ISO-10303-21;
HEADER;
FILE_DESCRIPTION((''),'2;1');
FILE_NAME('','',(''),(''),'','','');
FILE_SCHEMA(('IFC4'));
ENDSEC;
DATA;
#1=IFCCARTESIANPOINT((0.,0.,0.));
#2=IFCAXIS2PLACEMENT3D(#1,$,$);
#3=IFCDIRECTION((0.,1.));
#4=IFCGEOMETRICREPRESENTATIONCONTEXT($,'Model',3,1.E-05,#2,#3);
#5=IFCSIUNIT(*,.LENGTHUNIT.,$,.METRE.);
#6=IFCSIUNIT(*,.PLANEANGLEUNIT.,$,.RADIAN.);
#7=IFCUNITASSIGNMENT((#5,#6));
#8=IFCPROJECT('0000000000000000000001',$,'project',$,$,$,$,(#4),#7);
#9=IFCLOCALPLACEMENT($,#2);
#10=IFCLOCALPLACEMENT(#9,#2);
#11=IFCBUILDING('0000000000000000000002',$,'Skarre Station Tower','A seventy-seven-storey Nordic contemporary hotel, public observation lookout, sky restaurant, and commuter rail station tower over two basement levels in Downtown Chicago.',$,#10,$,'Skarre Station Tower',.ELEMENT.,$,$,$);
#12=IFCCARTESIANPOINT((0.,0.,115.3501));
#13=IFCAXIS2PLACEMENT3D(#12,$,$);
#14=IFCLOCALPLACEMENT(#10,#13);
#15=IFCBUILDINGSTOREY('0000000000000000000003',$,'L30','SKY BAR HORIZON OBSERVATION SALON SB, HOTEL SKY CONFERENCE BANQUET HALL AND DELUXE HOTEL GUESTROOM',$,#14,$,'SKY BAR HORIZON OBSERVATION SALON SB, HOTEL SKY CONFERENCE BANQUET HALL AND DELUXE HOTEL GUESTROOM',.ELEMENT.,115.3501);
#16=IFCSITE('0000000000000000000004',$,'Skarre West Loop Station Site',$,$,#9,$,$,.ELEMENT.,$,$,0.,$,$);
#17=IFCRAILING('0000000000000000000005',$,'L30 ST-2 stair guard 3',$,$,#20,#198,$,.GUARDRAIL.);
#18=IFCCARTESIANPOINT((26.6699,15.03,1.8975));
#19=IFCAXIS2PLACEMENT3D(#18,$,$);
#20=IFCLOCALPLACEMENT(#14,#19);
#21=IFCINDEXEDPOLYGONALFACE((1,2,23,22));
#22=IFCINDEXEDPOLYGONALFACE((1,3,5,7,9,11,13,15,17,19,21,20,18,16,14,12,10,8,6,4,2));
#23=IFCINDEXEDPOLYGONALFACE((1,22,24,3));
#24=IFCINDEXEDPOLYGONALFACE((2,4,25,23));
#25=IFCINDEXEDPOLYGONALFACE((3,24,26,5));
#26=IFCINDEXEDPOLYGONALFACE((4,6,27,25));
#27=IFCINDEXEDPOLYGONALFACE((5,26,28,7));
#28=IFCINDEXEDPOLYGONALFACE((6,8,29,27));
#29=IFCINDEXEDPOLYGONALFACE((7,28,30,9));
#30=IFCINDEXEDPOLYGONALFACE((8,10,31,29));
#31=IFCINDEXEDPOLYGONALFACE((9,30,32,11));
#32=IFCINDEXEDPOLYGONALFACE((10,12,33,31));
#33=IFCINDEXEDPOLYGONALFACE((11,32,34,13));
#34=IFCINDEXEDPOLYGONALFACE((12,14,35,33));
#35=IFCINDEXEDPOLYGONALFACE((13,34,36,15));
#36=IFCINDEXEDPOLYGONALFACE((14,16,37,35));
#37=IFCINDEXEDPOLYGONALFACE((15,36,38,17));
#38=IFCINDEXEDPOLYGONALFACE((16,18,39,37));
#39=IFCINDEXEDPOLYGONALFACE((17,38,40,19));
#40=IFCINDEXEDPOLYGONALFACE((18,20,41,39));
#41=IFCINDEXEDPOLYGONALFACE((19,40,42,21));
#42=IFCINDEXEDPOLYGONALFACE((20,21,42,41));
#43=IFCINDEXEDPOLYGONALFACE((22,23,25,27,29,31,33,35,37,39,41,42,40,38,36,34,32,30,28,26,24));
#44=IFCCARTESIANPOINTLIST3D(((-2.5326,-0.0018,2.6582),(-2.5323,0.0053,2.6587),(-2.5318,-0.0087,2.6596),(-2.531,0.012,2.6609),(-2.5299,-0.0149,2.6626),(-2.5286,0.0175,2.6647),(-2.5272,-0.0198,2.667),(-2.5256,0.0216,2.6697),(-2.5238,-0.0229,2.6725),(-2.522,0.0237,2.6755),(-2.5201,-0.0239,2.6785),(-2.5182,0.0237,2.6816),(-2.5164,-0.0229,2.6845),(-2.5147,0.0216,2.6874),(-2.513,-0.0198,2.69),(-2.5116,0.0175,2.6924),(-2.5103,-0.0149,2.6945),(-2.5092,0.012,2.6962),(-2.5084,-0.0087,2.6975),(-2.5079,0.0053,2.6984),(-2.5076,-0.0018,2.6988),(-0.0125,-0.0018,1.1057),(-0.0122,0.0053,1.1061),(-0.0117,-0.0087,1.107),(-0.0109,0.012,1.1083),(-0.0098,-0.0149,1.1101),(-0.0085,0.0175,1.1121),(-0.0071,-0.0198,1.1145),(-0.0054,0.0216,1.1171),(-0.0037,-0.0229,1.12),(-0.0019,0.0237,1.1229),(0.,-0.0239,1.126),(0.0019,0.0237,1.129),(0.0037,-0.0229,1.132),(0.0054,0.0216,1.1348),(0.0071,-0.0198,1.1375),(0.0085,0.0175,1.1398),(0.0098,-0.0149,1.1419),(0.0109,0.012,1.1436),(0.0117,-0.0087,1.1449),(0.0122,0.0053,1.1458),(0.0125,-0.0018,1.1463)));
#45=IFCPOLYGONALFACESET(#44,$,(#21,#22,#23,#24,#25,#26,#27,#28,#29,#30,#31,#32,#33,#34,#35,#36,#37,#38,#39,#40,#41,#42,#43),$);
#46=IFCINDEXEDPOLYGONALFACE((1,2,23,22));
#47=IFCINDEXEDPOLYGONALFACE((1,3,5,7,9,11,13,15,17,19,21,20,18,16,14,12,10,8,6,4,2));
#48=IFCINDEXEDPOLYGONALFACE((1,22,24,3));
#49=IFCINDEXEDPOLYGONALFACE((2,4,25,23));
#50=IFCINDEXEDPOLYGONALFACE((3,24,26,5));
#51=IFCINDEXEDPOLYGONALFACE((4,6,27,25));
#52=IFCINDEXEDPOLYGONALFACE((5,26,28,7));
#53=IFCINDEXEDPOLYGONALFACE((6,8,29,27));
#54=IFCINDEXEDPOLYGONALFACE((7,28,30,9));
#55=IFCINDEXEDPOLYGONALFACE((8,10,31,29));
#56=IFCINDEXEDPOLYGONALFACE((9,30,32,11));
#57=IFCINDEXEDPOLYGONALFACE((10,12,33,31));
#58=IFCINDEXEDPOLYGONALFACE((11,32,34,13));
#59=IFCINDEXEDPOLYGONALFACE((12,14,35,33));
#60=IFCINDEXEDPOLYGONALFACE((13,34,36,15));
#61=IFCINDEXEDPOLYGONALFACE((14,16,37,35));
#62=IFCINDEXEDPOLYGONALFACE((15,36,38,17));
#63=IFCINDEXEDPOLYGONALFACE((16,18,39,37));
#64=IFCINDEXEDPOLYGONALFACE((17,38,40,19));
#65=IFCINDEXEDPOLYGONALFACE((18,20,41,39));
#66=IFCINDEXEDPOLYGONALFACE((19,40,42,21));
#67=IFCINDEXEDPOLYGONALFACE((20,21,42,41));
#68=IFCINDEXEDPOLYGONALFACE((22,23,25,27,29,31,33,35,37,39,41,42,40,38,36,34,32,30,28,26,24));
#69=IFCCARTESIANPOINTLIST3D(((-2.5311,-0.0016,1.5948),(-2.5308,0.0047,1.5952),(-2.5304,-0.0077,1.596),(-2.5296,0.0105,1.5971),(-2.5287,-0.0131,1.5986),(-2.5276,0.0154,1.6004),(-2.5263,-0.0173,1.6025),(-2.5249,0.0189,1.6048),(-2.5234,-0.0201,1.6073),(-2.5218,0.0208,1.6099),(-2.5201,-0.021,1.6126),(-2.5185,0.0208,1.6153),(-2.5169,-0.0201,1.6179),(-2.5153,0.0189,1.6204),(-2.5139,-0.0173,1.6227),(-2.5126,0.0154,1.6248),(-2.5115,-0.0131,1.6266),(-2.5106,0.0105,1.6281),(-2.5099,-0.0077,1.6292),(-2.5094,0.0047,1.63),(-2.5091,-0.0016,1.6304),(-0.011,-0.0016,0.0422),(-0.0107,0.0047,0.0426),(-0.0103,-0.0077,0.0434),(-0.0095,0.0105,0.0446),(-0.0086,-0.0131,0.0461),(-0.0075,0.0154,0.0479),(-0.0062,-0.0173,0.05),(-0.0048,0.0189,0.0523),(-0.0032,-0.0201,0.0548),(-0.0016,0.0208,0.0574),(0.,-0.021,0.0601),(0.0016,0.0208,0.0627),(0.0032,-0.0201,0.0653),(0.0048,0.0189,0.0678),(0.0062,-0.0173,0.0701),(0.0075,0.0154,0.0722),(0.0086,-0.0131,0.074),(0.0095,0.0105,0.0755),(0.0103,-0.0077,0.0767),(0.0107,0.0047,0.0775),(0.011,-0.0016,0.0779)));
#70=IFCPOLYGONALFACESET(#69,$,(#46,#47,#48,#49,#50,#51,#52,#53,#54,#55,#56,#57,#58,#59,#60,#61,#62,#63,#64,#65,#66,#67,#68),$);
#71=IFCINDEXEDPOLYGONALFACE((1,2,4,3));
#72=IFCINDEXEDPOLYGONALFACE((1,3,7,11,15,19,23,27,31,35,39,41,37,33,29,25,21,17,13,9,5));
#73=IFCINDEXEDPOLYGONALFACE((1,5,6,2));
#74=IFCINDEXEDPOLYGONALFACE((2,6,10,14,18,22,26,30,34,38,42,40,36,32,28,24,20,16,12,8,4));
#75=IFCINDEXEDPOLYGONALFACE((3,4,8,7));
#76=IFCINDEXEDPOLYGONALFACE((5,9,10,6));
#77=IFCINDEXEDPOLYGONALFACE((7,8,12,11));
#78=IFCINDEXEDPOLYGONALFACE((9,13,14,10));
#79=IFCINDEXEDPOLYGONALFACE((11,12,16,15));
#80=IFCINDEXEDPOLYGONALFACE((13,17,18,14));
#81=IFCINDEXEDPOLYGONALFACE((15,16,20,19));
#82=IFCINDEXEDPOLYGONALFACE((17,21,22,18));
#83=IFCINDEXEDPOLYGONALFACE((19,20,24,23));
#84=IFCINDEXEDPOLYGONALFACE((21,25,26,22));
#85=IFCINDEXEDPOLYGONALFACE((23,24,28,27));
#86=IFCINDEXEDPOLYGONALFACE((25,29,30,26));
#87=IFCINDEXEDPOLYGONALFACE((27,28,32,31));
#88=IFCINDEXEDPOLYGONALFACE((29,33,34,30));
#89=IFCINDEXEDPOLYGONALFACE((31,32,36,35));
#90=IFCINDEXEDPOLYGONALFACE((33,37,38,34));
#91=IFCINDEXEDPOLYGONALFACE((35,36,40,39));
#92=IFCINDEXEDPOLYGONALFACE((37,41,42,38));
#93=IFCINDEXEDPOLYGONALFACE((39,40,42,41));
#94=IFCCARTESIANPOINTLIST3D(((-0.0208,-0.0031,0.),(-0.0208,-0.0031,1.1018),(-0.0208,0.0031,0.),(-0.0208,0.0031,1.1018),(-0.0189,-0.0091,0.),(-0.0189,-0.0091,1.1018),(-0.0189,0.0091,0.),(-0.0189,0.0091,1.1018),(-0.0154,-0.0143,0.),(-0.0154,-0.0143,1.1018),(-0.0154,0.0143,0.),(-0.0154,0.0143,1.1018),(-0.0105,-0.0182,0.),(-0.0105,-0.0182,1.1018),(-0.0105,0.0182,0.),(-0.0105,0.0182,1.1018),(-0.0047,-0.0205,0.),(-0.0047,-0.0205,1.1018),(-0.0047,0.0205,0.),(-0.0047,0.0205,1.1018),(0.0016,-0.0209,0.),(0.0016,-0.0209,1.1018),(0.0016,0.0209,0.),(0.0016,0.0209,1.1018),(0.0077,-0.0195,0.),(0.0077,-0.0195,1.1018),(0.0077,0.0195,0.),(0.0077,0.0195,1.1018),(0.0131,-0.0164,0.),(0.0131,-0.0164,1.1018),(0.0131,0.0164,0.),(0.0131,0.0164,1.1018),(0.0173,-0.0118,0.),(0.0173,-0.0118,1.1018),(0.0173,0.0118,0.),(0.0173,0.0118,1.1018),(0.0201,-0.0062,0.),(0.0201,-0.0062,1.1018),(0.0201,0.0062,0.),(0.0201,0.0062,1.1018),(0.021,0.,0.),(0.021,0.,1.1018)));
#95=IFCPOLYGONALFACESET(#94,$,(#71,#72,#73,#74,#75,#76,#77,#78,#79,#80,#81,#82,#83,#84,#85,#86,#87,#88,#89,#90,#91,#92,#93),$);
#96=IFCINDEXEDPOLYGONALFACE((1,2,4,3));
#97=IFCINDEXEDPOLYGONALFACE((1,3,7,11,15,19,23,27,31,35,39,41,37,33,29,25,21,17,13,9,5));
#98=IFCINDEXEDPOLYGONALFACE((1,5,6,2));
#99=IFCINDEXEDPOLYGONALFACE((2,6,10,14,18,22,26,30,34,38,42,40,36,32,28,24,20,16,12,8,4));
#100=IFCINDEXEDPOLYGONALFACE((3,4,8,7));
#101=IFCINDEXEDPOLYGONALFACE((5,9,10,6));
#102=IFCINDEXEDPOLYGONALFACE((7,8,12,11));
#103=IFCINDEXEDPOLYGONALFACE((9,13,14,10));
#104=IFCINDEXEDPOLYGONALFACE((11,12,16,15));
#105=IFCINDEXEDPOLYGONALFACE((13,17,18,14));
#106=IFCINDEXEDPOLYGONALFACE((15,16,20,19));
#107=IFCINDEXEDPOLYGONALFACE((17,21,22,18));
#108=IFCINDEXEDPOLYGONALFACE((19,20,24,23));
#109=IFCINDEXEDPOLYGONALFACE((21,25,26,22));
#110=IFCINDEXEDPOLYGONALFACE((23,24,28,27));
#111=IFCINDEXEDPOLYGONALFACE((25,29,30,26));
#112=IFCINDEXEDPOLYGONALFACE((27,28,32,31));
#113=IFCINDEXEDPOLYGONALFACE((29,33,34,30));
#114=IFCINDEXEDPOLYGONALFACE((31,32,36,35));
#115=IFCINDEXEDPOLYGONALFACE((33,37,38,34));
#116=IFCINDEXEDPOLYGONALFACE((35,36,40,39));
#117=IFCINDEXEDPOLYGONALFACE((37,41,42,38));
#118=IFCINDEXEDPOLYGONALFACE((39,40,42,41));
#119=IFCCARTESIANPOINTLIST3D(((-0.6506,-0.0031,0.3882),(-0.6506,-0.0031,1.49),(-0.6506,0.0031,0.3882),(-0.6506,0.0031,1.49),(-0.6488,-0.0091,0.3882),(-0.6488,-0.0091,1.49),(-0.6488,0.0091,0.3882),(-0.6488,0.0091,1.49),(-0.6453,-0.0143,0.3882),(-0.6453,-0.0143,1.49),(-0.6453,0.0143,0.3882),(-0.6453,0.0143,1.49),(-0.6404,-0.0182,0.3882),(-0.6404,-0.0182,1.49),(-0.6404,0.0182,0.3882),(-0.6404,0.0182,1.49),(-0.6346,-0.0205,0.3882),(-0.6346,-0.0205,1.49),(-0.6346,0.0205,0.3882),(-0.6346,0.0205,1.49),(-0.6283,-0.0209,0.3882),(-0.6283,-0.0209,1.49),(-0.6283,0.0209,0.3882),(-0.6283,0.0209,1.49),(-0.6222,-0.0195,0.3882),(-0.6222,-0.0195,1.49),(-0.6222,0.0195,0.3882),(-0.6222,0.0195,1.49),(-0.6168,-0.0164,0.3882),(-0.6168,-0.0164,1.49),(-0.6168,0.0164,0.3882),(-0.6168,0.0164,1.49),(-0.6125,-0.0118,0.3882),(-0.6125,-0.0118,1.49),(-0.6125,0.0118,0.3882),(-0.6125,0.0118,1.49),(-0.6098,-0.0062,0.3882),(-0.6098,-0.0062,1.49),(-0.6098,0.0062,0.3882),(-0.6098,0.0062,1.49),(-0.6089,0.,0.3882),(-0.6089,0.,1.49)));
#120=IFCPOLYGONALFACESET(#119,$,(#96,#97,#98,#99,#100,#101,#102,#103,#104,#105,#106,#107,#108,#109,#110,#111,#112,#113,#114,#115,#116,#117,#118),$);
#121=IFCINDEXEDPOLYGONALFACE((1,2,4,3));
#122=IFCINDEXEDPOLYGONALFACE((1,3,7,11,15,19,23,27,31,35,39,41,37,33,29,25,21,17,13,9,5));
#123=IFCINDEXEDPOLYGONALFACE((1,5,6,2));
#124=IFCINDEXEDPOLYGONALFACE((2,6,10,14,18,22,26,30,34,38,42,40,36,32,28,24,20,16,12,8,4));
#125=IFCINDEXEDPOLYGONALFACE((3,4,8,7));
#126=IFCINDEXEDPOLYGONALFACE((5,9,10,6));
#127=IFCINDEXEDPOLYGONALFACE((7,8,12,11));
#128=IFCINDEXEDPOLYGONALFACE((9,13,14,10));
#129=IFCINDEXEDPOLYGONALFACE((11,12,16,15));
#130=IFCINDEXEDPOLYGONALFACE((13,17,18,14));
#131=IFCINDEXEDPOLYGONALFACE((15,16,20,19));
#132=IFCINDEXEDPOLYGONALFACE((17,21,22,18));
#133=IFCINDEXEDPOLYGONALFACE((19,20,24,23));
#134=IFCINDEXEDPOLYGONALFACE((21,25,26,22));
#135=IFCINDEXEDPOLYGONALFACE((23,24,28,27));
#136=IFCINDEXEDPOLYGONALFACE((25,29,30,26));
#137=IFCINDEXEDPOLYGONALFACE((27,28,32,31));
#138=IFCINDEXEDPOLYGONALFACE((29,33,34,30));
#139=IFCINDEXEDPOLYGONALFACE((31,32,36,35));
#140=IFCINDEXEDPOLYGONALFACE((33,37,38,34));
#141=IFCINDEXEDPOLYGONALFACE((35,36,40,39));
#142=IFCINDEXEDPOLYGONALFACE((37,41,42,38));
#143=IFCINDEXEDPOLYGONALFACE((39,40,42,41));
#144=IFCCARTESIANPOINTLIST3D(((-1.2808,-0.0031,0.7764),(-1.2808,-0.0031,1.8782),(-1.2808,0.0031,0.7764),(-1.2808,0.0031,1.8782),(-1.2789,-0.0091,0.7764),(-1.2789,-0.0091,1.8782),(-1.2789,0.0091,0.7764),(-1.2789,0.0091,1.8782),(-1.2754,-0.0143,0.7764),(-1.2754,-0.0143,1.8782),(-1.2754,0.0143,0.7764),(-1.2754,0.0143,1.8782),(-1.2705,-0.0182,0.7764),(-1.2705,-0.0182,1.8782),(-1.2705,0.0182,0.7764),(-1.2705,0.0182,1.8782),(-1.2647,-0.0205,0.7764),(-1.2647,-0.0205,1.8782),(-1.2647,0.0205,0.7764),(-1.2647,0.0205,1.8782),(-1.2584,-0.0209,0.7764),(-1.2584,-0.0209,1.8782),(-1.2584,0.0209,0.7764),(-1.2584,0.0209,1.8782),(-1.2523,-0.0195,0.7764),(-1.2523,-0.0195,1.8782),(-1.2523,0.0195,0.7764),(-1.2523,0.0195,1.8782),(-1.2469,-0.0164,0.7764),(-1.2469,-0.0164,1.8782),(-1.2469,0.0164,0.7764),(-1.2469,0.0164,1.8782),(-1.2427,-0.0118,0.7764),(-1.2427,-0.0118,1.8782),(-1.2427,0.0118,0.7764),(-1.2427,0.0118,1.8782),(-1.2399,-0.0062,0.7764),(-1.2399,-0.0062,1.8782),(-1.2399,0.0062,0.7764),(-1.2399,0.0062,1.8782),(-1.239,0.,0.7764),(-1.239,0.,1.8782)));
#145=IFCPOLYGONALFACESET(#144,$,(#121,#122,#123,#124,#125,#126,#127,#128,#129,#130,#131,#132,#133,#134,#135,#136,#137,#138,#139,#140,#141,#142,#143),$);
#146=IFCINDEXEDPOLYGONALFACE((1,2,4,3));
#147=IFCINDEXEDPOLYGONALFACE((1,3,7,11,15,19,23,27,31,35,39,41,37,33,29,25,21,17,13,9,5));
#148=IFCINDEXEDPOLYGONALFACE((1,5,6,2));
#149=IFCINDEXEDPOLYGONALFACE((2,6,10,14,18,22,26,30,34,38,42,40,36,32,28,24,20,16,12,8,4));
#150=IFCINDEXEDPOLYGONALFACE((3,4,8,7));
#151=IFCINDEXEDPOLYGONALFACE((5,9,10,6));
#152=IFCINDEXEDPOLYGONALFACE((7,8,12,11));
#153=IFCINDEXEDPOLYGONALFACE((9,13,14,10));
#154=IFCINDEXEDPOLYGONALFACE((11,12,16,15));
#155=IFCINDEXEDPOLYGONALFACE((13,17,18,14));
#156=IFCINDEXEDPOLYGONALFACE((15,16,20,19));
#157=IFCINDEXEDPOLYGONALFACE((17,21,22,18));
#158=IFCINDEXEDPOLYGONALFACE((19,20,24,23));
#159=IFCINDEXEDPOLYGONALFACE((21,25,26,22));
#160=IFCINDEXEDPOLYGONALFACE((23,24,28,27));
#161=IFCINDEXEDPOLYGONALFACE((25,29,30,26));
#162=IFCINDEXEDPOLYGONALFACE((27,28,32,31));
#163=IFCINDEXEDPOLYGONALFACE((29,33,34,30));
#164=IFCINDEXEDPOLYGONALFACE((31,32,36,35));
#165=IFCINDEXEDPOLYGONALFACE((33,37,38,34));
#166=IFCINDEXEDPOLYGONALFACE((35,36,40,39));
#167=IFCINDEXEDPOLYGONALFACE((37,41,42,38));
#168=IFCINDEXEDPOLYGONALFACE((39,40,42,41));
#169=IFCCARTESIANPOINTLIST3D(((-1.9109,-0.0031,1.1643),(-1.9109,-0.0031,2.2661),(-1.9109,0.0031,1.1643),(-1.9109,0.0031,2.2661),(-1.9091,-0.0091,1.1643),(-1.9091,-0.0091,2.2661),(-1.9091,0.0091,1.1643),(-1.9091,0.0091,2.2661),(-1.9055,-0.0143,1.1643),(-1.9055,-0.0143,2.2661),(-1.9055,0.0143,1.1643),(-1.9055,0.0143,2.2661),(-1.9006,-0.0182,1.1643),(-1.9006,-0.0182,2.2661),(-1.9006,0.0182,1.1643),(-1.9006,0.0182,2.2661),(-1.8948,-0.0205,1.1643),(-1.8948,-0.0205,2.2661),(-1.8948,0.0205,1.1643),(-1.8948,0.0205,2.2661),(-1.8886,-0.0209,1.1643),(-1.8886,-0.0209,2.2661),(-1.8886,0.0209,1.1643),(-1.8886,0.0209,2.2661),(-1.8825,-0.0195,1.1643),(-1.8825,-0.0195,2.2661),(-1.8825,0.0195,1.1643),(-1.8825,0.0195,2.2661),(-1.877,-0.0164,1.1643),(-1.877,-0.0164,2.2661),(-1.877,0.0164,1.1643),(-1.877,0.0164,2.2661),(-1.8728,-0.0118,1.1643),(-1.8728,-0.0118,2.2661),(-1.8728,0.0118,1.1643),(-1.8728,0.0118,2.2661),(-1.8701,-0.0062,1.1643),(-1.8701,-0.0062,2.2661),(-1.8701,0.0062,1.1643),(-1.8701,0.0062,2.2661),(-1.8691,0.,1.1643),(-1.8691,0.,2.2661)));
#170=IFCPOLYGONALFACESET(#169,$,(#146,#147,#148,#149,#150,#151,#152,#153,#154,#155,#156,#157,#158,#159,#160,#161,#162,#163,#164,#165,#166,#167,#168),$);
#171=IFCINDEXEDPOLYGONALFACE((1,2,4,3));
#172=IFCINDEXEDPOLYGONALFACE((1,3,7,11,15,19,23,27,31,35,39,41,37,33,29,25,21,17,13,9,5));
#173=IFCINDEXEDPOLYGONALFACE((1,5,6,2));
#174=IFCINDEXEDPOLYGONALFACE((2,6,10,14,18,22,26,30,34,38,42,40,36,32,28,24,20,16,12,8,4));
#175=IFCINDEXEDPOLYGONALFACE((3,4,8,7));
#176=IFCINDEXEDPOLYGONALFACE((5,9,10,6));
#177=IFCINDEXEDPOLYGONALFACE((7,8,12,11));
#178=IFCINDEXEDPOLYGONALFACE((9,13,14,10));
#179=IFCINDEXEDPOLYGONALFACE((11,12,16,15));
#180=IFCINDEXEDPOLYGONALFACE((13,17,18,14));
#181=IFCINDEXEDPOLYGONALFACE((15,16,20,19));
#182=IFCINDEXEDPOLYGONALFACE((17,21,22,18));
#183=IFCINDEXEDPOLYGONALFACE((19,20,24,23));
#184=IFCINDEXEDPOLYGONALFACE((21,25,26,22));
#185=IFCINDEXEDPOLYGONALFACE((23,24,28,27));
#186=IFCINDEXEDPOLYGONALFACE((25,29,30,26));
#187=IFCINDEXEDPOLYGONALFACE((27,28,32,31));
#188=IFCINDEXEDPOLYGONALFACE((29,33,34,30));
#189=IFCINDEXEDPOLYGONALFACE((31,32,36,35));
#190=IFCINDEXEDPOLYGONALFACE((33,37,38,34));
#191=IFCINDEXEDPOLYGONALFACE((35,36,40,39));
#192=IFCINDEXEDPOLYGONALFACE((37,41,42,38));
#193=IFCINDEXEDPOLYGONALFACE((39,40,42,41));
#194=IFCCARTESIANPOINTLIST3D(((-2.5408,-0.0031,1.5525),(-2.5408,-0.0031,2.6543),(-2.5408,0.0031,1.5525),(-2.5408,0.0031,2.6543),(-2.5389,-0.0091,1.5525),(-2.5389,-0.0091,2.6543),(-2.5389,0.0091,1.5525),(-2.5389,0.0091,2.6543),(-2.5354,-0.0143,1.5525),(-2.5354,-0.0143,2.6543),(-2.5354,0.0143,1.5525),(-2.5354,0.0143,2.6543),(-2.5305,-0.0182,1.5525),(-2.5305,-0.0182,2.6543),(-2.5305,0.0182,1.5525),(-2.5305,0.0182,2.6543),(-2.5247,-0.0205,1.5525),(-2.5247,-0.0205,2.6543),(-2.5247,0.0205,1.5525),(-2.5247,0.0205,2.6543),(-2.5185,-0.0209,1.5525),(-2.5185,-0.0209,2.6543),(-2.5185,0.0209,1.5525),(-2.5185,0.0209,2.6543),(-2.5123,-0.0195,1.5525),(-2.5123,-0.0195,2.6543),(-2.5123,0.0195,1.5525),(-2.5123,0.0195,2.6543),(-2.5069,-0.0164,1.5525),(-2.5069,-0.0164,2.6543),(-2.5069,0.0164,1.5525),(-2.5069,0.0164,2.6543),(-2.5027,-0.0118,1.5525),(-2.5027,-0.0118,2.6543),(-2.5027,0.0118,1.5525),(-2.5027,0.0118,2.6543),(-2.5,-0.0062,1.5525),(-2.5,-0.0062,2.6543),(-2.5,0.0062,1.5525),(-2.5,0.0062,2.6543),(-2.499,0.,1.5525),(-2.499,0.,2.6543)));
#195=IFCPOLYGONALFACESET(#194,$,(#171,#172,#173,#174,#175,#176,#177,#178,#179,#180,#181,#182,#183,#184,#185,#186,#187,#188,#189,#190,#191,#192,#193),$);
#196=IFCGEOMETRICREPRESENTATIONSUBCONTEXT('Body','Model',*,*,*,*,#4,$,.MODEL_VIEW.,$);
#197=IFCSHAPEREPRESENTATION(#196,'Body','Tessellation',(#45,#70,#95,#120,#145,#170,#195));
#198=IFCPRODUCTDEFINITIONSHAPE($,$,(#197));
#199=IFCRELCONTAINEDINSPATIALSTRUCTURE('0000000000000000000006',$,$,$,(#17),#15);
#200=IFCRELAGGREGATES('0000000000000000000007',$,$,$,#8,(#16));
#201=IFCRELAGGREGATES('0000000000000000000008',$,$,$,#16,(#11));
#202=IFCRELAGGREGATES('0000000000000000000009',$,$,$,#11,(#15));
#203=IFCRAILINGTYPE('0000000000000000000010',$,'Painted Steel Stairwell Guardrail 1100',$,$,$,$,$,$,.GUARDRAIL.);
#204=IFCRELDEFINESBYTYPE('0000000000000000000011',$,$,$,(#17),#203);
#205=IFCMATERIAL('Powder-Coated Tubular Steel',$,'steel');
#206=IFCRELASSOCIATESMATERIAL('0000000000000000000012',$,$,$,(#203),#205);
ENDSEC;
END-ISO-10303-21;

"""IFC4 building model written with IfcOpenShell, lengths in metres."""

from ifc_helpers import new_model, si_unit, direction, frame, origin, origin_2d, place, context, subcontext, project, spatial, circle, extrude, material, type_object, element, save


model = new_model("IFC4")

# Units and contexts
model_context = context("Model", 3, precision=1e-05, world=origin(), true_north=direction((0.0, 1.0)))
body_context = subcontext(model_context, "Body", "Model", "MODEL_VIEW")
ifc_project = project(units=[si_unit("LENGTHUNIT", "METRE"), si_unit("PLANEANGLEUNIT", "RADIAN")], contexts=[model_context])

# Site, building, storey
site_placement = place(None, origin())
site = spatial("IfcSite", under=ifc_project, at=site_placement, Name="Skarre West Loop Station Site", CompositionType="ELEMENT", RefElevation=0.0)
building_placement = place(site_placement, origin())
building = spatial("IfcBuilding", under=site, at=building_placement, Name="Skarre Station Tower", Description="A seventy-seven-storey Nordic contemporary hotel, public observation lookout, sky restaurant, and commuter rail station tower over two basement levels in Downtown Chicago.", LongName="Skarre Station Tower", CompositionType="ELEMENT")
storey_placement = place(building_placement, frame((0.0, 0.0, 115.3501)))
storey = spatial("IfcBuildingStorey", under=building, at=storey_placement, Name="L30", Description="SKY BAR HORIZON OBSERVATION SALON SB, HOTEL SKY CONFERENCE BANQUET HALL AND DELUXE HOTEL GUESTROOM", LongName="SKY BAR HORIZON OBSERVATION SALON SB, HOTEL SKY CONFERENCE BANQUET HALL AND DELUXE HOTEL GUESTROOM", CompositionType="ELEMENT", Elevation=115.3501)

# Railing
ifc_material_1 = material(Name="Powder-Coated Tubular Steel", Category="steel")
railing_type_1 = type_object("IfcRailingType", Name="Painted Steel Stairwell Guardrail 1100", PredefinedType="GUARDRAIL", material=ifc_material_1)
railing_1_placement = place(storey_placement, frame((26.6699, 15.03, 1.8975)))
element("IfcRailing", 1, at=railing_1_placement, inside=storey, type_object=railing_type_1, Name="L30 ST-2 stair guard 3", PredefinedType="GUARDRAIL", context=body_context, shape_type="SweptSolid", body=[
    extrude(circle(Radius=0.0239, at=origin_2d()), frame((0.0, 0.0, 1.126), z_axis=(-0.8514, 0.0, 0.524516), x_axis=(0.0, -1.0, 0.0)), (0.0, 0.0, 1.0), 2.96),
    extrude(circle(Radius=0.021, at=origin_2d()), frame((0.0, 0.0, 0.0601), z_axis=(-0.8514, 0.0, 0.524516), x_axis=(0.0, -1.0, 0.0)), (0.0, 0.0, 1.0), 2.96),
    extrude(circle(Radius=0.021, at=origin_2d()), origin(), (0.0, 0.0, 1.0), 1.1018),
    extrude(circle(Radius=0.021, at=origin_2d()), frame((-0.6299, 0.0, 0.3882)), (0.0, 0.0, 1.0), 1.1018),
    extrude(circle(Radius=0.021, at=origin_2d()), frame((-1.26, 0.0, 0.7764)), (0.0, 0.0, 1.0), 1.1018),
    extrude(circle(Radius=0.021, at=origin_2d()), frame((-1.8901, 0.0, 1.1643)), (0.0, 0.0, 1.0), 1.1018),
    extrude(circle(Radius=0.021, at=origin_2d()), frame((-2.52, 0.0, 1.5525)), (0.0, 0.0, 1.0), 1.1018),
])

save(model, "model.ifc")
